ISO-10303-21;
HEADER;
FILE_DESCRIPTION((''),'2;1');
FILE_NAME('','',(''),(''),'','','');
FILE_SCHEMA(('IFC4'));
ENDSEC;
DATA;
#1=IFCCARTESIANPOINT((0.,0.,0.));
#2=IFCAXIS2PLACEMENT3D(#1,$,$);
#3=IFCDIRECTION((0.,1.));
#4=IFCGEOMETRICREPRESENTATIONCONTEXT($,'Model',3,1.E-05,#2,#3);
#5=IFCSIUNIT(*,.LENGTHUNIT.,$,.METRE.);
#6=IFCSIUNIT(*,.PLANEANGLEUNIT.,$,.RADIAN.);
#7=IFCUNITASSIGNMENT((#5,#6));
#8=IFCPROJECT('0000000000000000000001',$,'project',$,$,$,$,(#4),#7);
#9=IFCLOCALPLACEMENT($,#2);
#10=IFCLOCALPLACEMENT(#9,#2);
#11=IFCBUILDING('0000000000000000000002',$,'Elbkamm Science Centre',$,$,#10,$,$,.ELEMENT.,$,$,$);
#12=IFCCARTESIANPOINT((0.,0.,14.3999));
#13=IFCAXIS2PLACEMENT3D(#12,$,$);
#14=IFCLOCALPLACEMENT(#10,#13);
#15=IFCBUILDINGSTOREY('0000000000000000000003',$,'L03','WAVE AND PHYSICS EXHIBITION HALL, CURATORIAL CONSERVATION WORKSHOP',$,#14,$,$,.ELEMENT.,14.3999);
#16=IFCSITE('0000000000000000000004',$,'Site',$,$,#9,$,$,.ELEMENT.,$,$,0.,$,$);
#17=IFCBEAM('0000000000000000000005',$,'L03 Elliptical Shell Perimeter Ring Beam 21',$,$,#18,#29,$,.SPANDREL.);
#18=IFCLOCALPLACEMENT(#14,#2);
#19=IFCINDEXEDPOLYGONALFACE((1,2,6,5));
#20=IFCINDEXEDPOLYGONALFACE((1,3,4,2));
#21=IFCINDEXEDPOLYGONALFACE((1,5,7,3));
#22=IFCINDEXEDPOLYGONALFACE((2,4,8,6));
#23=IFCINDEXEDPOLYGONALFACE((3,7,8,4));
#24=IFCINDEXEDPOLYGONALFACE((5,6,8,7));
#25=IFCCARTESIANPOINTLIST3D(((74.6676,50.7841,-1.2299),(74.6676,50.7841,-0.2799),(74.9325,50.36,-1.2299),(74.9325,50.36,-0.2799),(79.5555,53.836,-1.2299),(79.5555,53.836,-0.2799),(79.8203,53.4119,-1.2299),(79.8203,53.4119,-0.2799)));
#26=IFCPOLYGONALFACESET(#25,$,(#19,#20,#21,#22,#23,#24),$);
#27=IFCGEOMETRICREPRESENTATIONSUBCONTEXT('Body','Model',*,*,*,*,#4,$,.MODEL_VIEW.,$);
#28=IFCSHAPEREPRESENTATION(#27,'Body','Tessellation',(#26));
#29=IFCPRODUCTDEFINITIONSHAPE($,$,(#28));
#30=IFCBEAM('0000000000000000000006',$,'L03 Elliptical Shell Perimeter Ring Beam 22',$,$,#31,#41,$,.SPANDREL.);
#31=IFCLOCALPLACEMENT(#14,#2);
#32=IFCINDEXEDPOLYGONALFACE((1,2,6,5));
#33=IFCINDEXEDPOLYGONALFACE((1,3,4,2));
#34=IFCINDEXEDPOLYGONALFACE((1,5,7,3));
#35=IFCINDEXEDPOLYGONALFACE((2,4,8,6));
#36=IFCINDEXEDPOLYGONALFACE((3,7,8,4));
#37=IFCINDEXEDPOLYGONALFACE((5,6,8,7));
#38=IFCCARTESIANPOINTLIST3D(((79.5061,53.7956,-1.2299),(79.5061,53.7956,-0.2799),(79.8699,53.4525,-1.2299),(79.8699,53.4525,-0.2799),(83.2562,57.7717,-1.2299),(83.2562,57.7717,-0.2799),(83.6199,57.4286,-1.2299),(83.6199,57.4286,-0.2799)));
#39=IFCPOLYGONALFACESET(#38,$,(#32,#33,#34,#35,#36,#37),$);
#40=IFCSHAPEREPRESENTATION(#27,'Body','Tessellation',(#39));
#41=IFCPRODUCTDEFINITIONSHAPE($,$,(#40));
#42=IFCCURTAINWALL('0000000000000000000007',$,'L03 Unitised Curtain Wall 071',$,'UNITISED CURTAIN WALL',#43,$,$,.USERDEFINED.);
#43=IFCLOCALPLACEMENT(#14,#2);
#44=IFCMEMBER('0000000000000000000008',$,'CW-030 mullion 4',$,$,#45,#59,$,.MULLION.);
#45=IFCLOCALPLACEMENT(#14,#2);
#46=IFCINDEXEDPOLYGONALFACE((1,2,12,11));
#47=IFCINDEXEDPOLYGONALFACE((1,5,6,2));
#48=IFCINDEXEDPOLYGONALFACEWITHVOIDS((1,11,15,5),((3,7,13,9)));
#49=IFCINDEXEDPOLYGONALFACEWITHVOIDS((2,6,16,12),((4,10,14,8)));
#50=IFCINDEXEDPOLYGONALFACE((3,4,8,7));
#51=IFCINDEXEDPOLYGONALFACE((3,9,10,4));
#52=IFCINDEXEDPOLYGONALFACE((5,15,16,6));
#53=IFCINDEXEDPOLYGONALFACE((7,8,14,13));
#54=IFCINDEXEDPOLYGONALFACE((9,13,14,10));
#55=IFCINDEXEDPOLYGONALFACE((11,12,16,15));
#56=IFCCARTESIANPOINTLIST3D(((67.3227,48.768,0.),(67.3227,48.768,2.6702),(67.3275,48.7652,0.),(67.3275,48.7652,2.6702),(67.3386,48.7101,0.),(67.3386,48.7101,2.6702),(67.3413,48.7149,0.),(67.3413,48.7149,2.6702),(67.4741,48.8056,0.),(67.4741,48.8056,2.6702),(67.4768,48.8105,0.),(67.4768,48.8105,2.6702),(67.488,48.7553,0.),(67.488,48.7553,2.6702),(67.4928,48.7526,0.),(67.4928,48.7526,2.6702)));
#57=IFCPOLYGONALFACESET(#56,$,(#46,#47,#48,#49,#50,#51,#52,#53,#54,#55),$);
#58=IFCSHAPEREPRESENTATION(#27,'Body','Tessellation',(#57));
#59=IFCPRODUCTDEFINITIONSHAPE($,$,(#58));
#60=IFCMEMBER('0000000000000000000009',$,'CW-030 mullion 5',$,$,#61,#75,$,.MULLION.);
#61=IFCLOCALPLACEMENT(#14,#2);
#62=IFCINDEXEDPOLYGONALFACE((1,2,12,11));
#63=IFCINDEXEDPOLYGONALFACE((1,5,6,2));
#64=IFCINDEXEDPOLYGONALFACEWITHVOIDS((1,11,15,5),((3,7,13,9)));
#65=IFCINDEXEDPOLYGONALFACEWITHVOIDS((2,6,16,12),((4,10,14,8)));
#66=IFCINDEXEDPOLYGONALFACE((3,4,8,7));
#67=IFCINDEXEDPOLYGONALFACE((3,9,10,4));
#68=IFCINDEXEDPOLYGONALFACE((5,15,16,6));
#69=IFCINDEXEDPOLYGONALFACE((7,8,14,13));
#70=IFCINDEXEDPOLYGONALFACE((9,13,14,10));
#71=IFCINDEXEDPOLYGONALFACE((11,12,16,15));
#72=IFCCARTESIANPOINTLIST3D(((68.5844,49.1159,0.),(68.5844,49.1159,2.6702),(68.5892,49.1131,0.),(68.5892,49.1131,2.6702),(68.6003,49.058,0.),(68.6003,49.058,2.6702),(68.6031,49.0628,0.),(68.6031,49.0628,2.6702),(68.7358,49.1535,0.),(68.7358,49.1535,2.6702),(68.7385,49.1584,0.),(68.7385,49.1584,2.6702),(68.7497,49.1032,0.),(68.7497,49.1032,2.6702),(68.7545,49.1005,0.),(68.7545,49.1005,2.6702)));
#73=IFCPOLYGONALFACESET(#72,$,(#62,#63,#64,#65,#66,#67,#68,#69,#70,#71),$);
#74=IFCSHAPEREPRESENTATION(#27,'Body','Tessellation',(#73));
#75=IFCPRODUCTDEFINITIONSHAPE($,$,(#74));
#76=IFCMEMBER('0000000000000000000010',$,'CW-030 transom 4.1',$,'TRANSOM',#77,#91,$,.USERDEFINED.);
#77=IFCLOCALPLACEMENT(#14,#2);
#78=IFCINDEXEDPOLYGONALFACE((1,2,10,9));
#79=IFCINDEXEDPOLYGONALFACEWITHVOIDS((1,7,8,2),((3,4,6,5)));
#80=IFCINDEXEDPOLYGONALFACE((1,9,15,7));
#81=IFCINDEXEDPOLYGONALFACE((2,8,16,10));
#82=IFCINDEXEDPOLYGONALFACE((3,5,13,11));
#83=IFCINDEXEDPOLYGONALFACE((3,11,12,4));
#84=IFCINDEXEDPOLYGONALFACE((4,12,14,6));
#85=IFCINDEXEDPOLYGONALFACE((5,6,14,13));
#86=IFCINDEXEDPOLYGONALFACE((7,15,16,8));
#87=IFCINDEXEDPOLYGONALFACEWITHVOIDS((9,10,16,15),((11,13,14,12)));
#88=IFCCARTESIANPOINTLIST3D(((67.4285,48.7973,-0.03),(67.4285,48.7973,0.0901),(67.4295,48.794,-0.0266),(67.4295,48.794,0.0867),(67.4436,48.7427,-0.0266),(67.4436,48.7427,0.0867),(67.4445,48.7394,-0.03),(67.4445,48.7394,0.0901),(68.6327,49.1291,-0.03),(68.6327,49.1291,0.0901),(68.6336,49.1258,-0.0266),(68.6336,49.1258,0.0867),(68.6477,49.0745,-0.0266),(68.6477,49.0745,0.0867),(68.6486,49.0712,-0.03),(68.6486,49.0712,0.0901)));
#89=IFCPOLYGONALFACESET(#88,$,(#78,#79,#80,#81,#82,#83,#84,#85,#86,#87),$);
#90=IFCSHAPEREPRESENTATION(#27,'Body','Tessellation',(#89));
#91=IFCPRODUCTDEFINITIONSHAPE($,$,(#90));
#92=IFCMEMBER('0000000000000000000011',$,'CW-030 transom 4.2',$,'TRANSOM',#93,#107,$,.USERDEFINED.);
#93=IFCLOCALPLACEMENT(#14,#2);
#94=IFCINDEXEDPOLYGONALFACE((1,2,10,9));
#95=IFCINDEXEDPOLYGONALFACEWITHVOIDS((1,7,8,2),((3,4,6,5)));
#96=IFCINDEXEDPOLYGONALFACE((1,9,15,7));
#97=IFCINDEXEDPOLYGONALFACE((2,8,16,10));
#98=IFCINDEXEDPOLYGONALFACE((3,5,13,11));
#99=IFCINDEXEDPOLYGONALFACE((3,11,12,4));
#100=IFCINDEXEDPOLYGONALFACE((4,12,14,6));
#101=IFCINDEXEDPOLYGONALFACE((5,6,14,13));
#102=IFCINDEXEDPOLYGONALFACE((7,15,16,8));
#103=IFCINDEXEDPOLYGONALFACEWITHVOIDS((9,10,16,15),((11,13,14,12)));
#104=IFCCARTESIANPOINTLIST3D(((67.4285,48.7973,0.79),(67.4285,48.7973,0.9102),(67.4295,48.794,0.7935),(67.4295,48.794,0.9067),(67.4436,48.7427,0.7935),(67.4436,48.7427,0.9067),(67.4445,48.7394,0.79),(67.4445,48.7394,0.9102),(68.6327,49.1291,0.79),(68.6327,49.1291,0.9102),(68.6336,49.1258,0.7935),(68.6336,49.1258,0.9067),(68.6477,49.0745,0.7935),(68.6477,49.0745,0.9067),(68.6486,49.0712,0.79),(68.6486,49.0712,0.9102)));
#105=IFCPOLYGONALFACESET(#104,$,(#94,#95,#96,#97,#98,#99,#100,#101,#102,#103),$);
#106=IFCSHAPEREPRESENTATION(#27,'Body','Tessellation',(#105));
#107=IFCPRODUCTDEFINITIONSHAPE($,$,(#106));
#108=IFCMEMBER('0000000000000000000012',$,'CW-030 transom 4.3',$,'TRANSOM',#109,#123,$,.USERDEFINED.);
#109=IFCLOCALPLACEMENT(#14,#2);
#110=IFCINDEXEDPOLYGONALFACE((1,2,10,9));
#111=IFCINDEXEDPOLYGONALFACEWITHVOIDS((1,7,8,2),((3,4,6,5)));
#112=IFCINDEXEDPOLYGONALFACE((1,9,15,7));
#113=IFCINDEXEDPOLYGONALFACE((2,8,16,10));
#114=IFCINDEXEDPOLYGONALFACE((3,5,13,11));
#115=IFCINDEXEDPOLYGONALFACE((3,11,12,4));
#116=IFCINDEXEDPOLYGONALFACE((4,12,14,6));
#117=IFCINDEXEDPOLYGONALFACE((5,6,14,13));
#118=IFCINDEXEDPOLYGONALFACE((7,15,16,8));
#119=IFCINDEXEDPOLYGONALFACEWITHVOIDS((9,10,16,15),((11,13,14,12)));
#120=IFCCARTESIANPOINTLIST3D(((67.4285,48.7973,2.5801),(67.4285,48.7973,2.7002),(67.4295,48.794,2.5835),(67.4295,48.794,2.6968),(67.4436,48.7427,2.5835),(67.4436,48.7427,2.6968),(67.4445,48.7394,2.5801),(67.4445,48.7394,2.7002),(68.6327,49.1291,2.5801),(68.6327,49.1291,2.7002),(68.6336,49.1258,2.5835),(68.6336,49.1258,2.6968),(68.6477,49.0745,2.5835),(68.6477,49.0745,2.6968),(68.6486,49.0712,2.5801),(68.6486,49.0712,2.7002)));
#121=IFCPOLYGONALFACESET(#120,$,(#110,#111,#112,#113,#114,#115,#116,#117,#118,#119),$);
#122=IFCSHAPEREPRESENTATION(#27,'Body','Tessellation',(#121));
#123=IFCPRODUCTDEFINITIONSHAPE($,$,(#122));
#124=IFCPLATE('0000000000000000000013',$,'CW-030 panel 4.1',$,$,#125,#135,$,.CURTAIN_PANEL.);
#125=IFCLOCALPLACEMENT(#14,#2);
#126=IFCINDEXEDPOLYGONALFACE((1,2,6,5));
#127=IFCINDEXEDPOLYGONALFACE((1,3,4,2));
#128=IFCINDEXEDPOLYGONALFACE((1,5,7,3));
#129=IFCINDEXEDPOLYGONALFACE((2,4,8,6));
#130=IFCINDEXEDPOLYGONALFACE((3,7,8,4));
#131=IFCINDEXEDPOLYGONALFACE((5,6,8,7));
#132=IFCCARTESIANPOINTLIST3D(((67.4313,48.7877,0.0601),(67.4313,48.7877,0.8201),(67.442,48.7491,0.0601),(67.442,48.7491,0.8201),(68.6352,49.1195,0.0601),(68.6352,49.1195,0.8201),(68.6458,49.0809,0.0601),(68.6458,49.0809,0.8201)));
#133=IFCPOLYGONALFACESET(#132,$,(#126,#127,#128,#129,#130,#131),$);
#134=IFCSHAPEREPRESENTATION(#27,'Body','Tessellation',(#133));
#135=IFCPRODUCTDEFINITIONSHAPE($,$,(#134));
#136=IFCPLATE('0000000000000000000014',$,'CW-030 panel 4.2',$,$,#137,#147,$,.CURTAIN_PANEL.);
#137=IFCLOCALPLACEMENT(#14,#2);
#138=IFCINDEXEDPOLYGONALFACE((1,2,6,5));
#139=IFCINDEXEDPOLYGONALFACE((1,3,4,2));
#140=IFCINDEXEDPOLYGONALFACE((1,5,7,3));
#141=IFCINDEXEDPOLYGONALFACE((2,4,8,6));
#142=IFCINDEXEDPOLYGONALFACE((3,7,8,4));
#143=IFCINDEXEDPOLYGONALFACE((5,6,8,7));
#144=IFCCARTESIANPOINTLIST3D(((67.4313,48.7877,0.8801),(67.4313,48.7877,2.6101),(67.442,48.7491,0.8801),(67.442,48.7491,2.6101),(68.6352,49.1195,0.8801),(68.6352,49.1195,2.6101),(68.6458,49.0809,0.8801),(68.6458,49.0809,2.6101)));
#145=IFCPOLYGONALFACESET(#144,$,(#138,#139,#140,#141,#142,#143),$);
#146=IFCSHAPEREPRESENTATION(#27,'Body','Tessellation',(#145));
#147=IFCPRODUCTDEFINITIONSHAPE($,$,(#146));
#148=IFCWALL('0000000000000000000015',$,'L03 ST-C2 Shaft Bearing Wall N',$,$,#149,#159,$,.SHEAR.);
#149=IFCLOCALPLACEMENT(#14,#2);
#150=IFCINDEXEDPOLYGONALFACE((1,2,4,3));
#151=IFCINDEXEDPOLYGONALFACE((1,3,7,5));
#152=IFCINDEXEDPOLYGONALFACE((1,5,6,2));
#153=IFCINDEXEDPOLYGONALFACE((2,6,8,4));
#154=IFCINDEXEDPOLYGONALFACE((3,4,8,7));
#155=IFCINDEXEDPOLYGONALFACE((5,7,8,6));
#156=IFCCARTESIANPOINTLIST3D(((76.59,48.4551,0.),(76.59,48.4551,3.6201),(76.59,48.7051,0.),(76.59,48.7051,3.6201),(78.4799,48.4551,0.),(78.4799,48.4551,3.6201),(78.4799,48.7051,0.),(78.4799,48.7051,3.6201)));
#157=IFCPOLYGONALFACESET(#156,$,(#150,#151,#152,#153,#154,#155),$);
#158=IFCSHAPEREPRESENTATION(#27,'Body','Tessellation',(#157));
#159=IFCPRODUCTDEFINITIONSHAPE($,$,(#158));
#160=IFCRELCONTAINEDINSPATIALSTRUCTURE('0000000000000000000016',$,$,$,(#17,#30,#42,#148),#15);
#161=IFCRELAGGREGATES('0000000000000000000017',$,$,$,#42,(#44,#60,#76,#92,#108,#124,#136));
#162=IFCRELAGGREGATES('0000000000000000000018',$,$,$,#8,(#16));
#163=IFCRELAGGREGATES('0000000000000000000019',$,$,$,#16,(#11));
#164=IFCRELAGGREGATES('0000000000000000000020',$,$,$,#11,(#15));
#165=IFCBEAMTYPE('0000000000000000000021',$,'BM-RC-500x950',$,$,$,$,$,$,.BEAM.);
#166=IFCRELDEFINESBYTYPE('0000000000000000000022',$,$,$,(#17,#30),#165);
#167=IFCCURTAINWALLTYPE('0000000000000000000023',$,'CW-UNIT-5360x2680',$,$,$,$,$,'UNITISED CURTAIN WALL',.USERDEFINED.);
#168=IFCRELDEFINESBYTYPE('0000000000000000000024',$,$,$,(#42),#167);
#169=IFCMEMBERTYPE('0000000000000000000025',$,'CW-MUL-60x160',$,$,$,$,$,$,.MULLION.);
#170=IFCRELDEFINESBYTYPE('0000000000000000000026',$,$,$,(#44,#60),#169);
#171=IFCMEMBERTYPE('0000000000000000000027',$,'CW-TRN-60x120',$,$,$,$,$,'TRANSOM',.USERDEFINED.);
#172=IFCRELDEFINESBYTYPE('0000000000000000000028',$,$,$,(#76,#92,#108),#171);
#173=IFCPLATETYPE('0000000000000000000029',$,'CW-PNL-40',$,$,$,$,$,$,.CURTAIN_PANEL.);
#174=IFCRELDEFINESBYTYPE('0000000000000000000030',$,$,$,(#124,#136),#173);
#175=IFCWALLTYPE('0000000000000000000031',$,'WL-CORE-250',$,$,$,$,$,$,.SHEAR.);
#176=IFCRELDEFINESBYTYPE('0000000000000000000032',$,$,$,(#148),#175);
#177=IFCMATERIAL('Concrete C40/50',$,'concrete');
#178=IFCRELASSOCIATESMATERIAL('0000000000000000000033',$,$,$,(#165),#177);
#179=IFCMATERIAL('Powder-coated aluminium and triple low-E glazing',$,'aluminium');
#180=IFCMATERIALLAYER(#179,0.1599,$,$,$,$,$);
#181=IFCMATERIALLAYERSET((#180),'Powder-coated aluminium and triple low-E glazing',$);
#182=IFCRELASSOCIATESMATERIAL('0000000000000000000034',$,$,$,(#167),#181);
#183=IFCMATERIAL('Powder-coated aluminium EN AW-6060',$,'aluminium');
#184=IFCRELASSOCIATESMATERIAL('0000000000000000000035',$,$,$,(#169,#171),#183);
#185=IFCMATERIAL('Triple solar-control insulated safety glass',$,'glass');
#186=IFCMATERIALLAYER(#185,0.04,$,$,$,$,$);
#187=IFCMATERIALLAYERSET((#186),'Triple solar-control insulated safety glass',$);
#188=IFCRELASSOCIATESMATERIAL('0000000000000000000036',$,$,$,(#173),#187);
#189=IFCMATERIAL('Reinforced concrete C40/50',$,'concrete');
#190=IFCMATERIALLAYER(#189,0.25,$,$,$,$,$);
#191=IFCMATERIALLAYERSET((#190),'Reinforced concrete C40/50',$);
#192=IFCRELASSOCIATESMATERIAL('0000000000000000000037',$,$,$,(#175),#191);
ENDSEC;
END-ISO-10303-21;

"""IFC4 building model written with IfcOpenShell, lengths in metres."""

from ifc_helpers import new_model, si_unit, direction, frame, frame_2d, origin, origin_2d, place, context, subcontext, project, spatial, rectangle, hollow_rectangle, extrude, material, layer, layer_set, material_profile, profile_set, type_object, element, aggregate, save


model = new_model("IFC4")

# Units and contexts
model_context = context("Model", 3, precision=1e-05, world=origin(), true_north=direction((0.0, 1.0)))
body_context = subcontext(model_context, "Body", "Model", "MODEL_VIEW")
ifc_project = project(units=[si_unit("LENGTHUNIT", "METRE"), si_unit("PLANEANGLEUNIT", "RADIAN")], contexts=[model_context])

# Site, building, storey
site_placement = place(None, origin())
site = spatial("IfcSite", under=ifc_project, at=site_placement, Name="Site", CompositionType="ELEMENT", RefElevation=0.0)
building_placement = place(site_placement, origin())
building = spatial("IfcBuilding", under=site, at=building_placement, Name="Elbkamm Science Centre", CompositionType="ELEMENT")
storey_placement = place(building_placement, frame((0.0, 0.0, 14.3999)))
storey = spatial("IfcBuildingStorey", under=building, at=storey_placement, Name="L03", Description="WAVE AND PHYSICS EXHIBITION HALL, CURATORIAL CONSERVATION WORKSHOP", CompositionType="ELEMENT", Elevation=14.3999)

# Shared definitions
ifc_material_1 = material(Name="Concrete C40/50", Category="concrete")

# Beams
ifc_material_profile_1 = material_profile(ifc_material_1, rectangle(XDim=0.5, YDim=0.95, at=origin_2d()), Name="RC 500x950")
ifc_profile_set_1 = profile_set([ifc_material_profile_1], Name="Concrete C40/50")
beam_type_1 = type_object("IfcBeamType", Name="BM-RC-500x950", PredefinedType="BEAM", material=ifc_profile_set_1)
beam_1_placement = place(storey_placement, frame((74.8, 50.572, -0.7549), z_axis=(0.848229, 0.529629, 0.0), x_axis=(-0.529629, 0.848229, 0.0)))
element("IfcBeam", 1, at=beam_1_placement, inside=storey, type_object=beam_type_1, Name="L03 Elliptical Shell Perimeter Ring Beam 21", PredefinedType="SPANDREL", context=body_context, shape_type="SweptSolid", body=[
    extrude(rectangle(XDim=0.5, YDim=0.95, at=origin_2d()), origin(), (0.0, 0.0, 1.0), 5.7625),
])
beam_2_placement = place(storey_placement, frame((79.688, 53.624, -0.7549), z_axis=(0.686122, 0.727486, 0.0), x_axis=(-0.727486, 0.686122, 0.0)))
element("IfcBeam", 2, at=beam_2_placement, inside=storey, type_object=beam_type_1, Name="L03 Elliptical Shell Perimeter Ring Beam 22", PredefinedType="SPANDREL", context=body_context, shape_type="SweptSolid", body=[
    extrude(rectangle(XDim=0.5, YDim=0.95, at=origin_2d()), origin(), (0.0, 0.0, 1.0), 5.4656),
])

# Curtain wall, members, plates
ifc_material_2 = material(Name="Powder-coated aluminium and triple low-E glazing", Category="aluminium")
ifc_layer_1 = layer(ifc_material_2, 0.1599)
ifc_layer_set_1 = layer_set([ifc_layer_1], Name="Powder-coated aluminium and triple low-E glazing")
curtain_wall_type = type_object("IfcCurtainWallType", Name="CW-UNIT-5360x2680", ElementType="UNITISED CURTAIN WALL", PredefinedType="USERDEFINED", material=ifc_layer_set_1)
curtain_wall_placement = place(storey_placement, origin())
curtain_wall = element("IfcCurtainWall", 3, at=curtain_wall_placement, inside=storey, type_object=curtain_wall_type, Name="L03 Unitised Curtain Wall 071", ObjectType="UNITISED CURTAIN WALL", PredefinedType="USERDEFINED")
ifc_material_3 = material(Name="Powder-coated aluminium EN AW-6060", Category="aluminium")
ifc_material_profile_2 = material_profile(ifc_material_3, hollow_rectangle(XDim=0.0601, YDim=0.1599, WallThickness=0.0039, at=origin_2d()), Name="ALU M60x160")
ifc_profile_set_2 = profile_set([ifc_material_profile_2], Name="Powder-coated aluminium EN AW-6060")
member_type_1 = type_object("IfcMemberType", Name="CW-MUL-60x160", PredefinedType="MULLION", material=ifc_profile_set_2)
member_1_placement = place(storey_placement, frame((67.4077, 48.7603, 0.0), z_axis=(0.0, 0.0, 1.0), x_axis=(-0.26573, 0.964048, 0.0)))
member_1 = element("IfcMember", 4, at=member_1_placement, type_object=member_type_1, Name="CW-030 mullion 4", PredefinedType="MULLION", context=body_context, shape_type="SweptSolid", body=[
    extrude(hollow_rectangle(XDim=0.0601, YDim=0.1599, WallThickness=0.0039, at=origin_2d()), origin(), (0.0, 0.0, 1.0), 2.6702),
])
member_2_placement = place(storey_placement, frame((68.6694, 49.1082, 0.0), z_axis=(0.0, 0.0, 1.0), x_axis=(-0.26573, 0.964048, 0.0)))
member_2 = element("IfcMember", 5, at=member_2_placement, type_object=member_type_1, Name="CW-030 mullion 5", PredefinedType="MULLION", context=body_context, shape_type="SweptSolid", body=[
    extrude(hollow_rectangle(XDim=0.0601, YDim=0.1599, WallThickness=0.0039, at=origin_2d()), origin(), (0.0, 0.0, 1.0), 2.6702),
])
ifc_material_profile_3 = material_profile(ifc_material_3, hollow_rectangle(XDim=0.0601, YDim=0.1201, WallThickness=0.0034, at=origin_2d()), Name="ALU T60x120")
ifc_profile_set_3 = profile_set([ifc_material_profile_3], Name="Powder-coated aluminium EN AW-6060")
member_type_2 = type_object("IfcMemberType", Name="CW-TRN-60x120", ElementType="TRANSOM", PredefinedType="USERDEFINED", material=ifc_profile_set_3)
member_3_placement = place(storey_placement, frame((67.4365, 48.7683, 0.03), z_axis=(0.96407, 0.265647, 0.0), x_axis=(-0.265647, 0.96407, 0.0)))
member_3 = element("IfcMember", 6, at=member_3_placement, type_object=member_type_2, Name="CW-030 transom 4.1", ObjectType="TRANSOM", PredefinedType="USERDEFINED", context=body_context, shape_type="SweptSolid", body=[
    extrude(hollow_rectangle(XDim=0.0601, YDim=0.1201, WallThickness=0.0034, at=origin_2d()), origin(), (0.0, 0.0, 1.0), 1.249),
])
member_4_placement = place(storey_placement, frame((67.4365, 48.7683, 0.8501), z_axis=(0.96407, 0.265647, 0.0), x_axis=(-0.265647, 0.96407, 0.0)))
member_4 = element("IfcMember", 7, at=member_4_placement, type_object=member_type_2, Name="CW-030 transom 4.2", ObjectType="TRANSOM", PredefinedType="USERDEFINED", context=body_context, shape_type="SweptSolid", body=[
    extrude(hollow_rectangle(XDim=0.0601, YDim=0.1201, WallThickness=0.0034, at=origin_2d()), origin(), (0.0, 0.0, 1.0), 1.249),
])
member_5_placement = place(storey_placement, frame((67.4365, 48.7683, 2.6401), z_axis=(0.96407, 0.265647, 0.0), x_axis=(-0.265647, 0.96407, 0.0)))
member_5 = element("IfcMember", 8, at=member_5_placement, type_object=member_type_2, Name="CW-030 transom 4.3", ObjectType="TRANSOM", PredefinedType="USERDEFINED", context=body_context, shape_type="SweptSolid", body=[
    extrude(hollow_rectangle(XDim=0.0601, YDim=0.1201, WallThickness=0.0034, at=origin_2d()), origin(), (0.0, 0.0, 1.0), 1.249),
])
ifc_material_4 = material(Name="Triple solar-control insulated safety glass", Category="glass")
ifc_layer_2 = layer(ifc_material_4, 0.04)
ifc_layer_set_2 = layer_set([ifc_layer_2], Name="Triple solar-control insulated safety glass")
plate_type = type_object("IfcPlateType", Name="CW-PNL-40", PredefinedType="CURTAIN_PANEL", material=ifc_layer_set_2)
plate_1_placement = place(storey_placement, frame((68.0386, 48.9343, 0.0601), z_axis=(0.0, 0.0, 1.0), x_axis=(0.964048, 0.26573, 0.0)))
plate_1 = element("IfcPlate", 9, at=plate_1_placement, type_object=plate_type, Name="CW-030 panel 4.1", PredefinedType="CURTAIN_PANEL", context=body_context, shape_type="SweptSolid", body=[
    extrude(rectangle(XDim=1.2488, YDim=0.04, at=origin_2d()), origin(), (0.0, 0.0, 1.0), 0.76),
])
plate_2_placement = place(storey_placement, frame((68.0386, 48.9343, 0.8801), z_axis=(0.0, 0.0, 1.0), x_axis=(0.964048, 0.26573, 0.0)))
plate_2 = element("IfcPlate", 10, at=plate_2_placement, type_object=plate_type, Name="CW-030 panel 4.2", PredefinedType="CURTAIN_PANEL", context=body_context, shape_type="SweptSolid", body=[
    extrude(rectangle(XDim=1.2488, YDim=0.04, at=origin_2d()), origin(), (0.0, 0.0, 1.0), 1.73),
])
aggregate(curtain_wall, [member_1, member_2, member_3, member_4, member_5, plate_1, plate_2])

# Wall
ifc_material_5 = material(Name="Reinforced concrete C40/50", Category="concrete")
ifc_layer_3 = layer(ifc_material_5, 0.25)
ifc_layer_set_3 = layer_set([ifc_layer_3], Name="Reinforced concrete C40/50")
wall_type_1 = type_object("IfcWallType", Name="WL-CORE-250", PredefinedType="SHEAR", material=ifc_layer_set_3)
wall_1_placement = place(storey_placement, frame((76.5901, 48.5801, 0.0), z_axis=(0.0, 0.0, 1.0), x_axis=(1.0, 0.0, 0.0)))
element("IfcWall", 11, at=wall_1_placement, inside=storey, type_object=wall_type_1, Name="L03 ST-C2 Shaft Bearing Wall N", PredefinedType="SHEAR", context=body_context, shape_type="SweptSolid", body=[
    extrude(rectangle(XDim=1.8899, YDim=0.25, at=frame_2d((0.9448, 0.0))), origin(), (0.0, 0.0, 1.0), 3.6201),
])

save(model, "model.ifc")
